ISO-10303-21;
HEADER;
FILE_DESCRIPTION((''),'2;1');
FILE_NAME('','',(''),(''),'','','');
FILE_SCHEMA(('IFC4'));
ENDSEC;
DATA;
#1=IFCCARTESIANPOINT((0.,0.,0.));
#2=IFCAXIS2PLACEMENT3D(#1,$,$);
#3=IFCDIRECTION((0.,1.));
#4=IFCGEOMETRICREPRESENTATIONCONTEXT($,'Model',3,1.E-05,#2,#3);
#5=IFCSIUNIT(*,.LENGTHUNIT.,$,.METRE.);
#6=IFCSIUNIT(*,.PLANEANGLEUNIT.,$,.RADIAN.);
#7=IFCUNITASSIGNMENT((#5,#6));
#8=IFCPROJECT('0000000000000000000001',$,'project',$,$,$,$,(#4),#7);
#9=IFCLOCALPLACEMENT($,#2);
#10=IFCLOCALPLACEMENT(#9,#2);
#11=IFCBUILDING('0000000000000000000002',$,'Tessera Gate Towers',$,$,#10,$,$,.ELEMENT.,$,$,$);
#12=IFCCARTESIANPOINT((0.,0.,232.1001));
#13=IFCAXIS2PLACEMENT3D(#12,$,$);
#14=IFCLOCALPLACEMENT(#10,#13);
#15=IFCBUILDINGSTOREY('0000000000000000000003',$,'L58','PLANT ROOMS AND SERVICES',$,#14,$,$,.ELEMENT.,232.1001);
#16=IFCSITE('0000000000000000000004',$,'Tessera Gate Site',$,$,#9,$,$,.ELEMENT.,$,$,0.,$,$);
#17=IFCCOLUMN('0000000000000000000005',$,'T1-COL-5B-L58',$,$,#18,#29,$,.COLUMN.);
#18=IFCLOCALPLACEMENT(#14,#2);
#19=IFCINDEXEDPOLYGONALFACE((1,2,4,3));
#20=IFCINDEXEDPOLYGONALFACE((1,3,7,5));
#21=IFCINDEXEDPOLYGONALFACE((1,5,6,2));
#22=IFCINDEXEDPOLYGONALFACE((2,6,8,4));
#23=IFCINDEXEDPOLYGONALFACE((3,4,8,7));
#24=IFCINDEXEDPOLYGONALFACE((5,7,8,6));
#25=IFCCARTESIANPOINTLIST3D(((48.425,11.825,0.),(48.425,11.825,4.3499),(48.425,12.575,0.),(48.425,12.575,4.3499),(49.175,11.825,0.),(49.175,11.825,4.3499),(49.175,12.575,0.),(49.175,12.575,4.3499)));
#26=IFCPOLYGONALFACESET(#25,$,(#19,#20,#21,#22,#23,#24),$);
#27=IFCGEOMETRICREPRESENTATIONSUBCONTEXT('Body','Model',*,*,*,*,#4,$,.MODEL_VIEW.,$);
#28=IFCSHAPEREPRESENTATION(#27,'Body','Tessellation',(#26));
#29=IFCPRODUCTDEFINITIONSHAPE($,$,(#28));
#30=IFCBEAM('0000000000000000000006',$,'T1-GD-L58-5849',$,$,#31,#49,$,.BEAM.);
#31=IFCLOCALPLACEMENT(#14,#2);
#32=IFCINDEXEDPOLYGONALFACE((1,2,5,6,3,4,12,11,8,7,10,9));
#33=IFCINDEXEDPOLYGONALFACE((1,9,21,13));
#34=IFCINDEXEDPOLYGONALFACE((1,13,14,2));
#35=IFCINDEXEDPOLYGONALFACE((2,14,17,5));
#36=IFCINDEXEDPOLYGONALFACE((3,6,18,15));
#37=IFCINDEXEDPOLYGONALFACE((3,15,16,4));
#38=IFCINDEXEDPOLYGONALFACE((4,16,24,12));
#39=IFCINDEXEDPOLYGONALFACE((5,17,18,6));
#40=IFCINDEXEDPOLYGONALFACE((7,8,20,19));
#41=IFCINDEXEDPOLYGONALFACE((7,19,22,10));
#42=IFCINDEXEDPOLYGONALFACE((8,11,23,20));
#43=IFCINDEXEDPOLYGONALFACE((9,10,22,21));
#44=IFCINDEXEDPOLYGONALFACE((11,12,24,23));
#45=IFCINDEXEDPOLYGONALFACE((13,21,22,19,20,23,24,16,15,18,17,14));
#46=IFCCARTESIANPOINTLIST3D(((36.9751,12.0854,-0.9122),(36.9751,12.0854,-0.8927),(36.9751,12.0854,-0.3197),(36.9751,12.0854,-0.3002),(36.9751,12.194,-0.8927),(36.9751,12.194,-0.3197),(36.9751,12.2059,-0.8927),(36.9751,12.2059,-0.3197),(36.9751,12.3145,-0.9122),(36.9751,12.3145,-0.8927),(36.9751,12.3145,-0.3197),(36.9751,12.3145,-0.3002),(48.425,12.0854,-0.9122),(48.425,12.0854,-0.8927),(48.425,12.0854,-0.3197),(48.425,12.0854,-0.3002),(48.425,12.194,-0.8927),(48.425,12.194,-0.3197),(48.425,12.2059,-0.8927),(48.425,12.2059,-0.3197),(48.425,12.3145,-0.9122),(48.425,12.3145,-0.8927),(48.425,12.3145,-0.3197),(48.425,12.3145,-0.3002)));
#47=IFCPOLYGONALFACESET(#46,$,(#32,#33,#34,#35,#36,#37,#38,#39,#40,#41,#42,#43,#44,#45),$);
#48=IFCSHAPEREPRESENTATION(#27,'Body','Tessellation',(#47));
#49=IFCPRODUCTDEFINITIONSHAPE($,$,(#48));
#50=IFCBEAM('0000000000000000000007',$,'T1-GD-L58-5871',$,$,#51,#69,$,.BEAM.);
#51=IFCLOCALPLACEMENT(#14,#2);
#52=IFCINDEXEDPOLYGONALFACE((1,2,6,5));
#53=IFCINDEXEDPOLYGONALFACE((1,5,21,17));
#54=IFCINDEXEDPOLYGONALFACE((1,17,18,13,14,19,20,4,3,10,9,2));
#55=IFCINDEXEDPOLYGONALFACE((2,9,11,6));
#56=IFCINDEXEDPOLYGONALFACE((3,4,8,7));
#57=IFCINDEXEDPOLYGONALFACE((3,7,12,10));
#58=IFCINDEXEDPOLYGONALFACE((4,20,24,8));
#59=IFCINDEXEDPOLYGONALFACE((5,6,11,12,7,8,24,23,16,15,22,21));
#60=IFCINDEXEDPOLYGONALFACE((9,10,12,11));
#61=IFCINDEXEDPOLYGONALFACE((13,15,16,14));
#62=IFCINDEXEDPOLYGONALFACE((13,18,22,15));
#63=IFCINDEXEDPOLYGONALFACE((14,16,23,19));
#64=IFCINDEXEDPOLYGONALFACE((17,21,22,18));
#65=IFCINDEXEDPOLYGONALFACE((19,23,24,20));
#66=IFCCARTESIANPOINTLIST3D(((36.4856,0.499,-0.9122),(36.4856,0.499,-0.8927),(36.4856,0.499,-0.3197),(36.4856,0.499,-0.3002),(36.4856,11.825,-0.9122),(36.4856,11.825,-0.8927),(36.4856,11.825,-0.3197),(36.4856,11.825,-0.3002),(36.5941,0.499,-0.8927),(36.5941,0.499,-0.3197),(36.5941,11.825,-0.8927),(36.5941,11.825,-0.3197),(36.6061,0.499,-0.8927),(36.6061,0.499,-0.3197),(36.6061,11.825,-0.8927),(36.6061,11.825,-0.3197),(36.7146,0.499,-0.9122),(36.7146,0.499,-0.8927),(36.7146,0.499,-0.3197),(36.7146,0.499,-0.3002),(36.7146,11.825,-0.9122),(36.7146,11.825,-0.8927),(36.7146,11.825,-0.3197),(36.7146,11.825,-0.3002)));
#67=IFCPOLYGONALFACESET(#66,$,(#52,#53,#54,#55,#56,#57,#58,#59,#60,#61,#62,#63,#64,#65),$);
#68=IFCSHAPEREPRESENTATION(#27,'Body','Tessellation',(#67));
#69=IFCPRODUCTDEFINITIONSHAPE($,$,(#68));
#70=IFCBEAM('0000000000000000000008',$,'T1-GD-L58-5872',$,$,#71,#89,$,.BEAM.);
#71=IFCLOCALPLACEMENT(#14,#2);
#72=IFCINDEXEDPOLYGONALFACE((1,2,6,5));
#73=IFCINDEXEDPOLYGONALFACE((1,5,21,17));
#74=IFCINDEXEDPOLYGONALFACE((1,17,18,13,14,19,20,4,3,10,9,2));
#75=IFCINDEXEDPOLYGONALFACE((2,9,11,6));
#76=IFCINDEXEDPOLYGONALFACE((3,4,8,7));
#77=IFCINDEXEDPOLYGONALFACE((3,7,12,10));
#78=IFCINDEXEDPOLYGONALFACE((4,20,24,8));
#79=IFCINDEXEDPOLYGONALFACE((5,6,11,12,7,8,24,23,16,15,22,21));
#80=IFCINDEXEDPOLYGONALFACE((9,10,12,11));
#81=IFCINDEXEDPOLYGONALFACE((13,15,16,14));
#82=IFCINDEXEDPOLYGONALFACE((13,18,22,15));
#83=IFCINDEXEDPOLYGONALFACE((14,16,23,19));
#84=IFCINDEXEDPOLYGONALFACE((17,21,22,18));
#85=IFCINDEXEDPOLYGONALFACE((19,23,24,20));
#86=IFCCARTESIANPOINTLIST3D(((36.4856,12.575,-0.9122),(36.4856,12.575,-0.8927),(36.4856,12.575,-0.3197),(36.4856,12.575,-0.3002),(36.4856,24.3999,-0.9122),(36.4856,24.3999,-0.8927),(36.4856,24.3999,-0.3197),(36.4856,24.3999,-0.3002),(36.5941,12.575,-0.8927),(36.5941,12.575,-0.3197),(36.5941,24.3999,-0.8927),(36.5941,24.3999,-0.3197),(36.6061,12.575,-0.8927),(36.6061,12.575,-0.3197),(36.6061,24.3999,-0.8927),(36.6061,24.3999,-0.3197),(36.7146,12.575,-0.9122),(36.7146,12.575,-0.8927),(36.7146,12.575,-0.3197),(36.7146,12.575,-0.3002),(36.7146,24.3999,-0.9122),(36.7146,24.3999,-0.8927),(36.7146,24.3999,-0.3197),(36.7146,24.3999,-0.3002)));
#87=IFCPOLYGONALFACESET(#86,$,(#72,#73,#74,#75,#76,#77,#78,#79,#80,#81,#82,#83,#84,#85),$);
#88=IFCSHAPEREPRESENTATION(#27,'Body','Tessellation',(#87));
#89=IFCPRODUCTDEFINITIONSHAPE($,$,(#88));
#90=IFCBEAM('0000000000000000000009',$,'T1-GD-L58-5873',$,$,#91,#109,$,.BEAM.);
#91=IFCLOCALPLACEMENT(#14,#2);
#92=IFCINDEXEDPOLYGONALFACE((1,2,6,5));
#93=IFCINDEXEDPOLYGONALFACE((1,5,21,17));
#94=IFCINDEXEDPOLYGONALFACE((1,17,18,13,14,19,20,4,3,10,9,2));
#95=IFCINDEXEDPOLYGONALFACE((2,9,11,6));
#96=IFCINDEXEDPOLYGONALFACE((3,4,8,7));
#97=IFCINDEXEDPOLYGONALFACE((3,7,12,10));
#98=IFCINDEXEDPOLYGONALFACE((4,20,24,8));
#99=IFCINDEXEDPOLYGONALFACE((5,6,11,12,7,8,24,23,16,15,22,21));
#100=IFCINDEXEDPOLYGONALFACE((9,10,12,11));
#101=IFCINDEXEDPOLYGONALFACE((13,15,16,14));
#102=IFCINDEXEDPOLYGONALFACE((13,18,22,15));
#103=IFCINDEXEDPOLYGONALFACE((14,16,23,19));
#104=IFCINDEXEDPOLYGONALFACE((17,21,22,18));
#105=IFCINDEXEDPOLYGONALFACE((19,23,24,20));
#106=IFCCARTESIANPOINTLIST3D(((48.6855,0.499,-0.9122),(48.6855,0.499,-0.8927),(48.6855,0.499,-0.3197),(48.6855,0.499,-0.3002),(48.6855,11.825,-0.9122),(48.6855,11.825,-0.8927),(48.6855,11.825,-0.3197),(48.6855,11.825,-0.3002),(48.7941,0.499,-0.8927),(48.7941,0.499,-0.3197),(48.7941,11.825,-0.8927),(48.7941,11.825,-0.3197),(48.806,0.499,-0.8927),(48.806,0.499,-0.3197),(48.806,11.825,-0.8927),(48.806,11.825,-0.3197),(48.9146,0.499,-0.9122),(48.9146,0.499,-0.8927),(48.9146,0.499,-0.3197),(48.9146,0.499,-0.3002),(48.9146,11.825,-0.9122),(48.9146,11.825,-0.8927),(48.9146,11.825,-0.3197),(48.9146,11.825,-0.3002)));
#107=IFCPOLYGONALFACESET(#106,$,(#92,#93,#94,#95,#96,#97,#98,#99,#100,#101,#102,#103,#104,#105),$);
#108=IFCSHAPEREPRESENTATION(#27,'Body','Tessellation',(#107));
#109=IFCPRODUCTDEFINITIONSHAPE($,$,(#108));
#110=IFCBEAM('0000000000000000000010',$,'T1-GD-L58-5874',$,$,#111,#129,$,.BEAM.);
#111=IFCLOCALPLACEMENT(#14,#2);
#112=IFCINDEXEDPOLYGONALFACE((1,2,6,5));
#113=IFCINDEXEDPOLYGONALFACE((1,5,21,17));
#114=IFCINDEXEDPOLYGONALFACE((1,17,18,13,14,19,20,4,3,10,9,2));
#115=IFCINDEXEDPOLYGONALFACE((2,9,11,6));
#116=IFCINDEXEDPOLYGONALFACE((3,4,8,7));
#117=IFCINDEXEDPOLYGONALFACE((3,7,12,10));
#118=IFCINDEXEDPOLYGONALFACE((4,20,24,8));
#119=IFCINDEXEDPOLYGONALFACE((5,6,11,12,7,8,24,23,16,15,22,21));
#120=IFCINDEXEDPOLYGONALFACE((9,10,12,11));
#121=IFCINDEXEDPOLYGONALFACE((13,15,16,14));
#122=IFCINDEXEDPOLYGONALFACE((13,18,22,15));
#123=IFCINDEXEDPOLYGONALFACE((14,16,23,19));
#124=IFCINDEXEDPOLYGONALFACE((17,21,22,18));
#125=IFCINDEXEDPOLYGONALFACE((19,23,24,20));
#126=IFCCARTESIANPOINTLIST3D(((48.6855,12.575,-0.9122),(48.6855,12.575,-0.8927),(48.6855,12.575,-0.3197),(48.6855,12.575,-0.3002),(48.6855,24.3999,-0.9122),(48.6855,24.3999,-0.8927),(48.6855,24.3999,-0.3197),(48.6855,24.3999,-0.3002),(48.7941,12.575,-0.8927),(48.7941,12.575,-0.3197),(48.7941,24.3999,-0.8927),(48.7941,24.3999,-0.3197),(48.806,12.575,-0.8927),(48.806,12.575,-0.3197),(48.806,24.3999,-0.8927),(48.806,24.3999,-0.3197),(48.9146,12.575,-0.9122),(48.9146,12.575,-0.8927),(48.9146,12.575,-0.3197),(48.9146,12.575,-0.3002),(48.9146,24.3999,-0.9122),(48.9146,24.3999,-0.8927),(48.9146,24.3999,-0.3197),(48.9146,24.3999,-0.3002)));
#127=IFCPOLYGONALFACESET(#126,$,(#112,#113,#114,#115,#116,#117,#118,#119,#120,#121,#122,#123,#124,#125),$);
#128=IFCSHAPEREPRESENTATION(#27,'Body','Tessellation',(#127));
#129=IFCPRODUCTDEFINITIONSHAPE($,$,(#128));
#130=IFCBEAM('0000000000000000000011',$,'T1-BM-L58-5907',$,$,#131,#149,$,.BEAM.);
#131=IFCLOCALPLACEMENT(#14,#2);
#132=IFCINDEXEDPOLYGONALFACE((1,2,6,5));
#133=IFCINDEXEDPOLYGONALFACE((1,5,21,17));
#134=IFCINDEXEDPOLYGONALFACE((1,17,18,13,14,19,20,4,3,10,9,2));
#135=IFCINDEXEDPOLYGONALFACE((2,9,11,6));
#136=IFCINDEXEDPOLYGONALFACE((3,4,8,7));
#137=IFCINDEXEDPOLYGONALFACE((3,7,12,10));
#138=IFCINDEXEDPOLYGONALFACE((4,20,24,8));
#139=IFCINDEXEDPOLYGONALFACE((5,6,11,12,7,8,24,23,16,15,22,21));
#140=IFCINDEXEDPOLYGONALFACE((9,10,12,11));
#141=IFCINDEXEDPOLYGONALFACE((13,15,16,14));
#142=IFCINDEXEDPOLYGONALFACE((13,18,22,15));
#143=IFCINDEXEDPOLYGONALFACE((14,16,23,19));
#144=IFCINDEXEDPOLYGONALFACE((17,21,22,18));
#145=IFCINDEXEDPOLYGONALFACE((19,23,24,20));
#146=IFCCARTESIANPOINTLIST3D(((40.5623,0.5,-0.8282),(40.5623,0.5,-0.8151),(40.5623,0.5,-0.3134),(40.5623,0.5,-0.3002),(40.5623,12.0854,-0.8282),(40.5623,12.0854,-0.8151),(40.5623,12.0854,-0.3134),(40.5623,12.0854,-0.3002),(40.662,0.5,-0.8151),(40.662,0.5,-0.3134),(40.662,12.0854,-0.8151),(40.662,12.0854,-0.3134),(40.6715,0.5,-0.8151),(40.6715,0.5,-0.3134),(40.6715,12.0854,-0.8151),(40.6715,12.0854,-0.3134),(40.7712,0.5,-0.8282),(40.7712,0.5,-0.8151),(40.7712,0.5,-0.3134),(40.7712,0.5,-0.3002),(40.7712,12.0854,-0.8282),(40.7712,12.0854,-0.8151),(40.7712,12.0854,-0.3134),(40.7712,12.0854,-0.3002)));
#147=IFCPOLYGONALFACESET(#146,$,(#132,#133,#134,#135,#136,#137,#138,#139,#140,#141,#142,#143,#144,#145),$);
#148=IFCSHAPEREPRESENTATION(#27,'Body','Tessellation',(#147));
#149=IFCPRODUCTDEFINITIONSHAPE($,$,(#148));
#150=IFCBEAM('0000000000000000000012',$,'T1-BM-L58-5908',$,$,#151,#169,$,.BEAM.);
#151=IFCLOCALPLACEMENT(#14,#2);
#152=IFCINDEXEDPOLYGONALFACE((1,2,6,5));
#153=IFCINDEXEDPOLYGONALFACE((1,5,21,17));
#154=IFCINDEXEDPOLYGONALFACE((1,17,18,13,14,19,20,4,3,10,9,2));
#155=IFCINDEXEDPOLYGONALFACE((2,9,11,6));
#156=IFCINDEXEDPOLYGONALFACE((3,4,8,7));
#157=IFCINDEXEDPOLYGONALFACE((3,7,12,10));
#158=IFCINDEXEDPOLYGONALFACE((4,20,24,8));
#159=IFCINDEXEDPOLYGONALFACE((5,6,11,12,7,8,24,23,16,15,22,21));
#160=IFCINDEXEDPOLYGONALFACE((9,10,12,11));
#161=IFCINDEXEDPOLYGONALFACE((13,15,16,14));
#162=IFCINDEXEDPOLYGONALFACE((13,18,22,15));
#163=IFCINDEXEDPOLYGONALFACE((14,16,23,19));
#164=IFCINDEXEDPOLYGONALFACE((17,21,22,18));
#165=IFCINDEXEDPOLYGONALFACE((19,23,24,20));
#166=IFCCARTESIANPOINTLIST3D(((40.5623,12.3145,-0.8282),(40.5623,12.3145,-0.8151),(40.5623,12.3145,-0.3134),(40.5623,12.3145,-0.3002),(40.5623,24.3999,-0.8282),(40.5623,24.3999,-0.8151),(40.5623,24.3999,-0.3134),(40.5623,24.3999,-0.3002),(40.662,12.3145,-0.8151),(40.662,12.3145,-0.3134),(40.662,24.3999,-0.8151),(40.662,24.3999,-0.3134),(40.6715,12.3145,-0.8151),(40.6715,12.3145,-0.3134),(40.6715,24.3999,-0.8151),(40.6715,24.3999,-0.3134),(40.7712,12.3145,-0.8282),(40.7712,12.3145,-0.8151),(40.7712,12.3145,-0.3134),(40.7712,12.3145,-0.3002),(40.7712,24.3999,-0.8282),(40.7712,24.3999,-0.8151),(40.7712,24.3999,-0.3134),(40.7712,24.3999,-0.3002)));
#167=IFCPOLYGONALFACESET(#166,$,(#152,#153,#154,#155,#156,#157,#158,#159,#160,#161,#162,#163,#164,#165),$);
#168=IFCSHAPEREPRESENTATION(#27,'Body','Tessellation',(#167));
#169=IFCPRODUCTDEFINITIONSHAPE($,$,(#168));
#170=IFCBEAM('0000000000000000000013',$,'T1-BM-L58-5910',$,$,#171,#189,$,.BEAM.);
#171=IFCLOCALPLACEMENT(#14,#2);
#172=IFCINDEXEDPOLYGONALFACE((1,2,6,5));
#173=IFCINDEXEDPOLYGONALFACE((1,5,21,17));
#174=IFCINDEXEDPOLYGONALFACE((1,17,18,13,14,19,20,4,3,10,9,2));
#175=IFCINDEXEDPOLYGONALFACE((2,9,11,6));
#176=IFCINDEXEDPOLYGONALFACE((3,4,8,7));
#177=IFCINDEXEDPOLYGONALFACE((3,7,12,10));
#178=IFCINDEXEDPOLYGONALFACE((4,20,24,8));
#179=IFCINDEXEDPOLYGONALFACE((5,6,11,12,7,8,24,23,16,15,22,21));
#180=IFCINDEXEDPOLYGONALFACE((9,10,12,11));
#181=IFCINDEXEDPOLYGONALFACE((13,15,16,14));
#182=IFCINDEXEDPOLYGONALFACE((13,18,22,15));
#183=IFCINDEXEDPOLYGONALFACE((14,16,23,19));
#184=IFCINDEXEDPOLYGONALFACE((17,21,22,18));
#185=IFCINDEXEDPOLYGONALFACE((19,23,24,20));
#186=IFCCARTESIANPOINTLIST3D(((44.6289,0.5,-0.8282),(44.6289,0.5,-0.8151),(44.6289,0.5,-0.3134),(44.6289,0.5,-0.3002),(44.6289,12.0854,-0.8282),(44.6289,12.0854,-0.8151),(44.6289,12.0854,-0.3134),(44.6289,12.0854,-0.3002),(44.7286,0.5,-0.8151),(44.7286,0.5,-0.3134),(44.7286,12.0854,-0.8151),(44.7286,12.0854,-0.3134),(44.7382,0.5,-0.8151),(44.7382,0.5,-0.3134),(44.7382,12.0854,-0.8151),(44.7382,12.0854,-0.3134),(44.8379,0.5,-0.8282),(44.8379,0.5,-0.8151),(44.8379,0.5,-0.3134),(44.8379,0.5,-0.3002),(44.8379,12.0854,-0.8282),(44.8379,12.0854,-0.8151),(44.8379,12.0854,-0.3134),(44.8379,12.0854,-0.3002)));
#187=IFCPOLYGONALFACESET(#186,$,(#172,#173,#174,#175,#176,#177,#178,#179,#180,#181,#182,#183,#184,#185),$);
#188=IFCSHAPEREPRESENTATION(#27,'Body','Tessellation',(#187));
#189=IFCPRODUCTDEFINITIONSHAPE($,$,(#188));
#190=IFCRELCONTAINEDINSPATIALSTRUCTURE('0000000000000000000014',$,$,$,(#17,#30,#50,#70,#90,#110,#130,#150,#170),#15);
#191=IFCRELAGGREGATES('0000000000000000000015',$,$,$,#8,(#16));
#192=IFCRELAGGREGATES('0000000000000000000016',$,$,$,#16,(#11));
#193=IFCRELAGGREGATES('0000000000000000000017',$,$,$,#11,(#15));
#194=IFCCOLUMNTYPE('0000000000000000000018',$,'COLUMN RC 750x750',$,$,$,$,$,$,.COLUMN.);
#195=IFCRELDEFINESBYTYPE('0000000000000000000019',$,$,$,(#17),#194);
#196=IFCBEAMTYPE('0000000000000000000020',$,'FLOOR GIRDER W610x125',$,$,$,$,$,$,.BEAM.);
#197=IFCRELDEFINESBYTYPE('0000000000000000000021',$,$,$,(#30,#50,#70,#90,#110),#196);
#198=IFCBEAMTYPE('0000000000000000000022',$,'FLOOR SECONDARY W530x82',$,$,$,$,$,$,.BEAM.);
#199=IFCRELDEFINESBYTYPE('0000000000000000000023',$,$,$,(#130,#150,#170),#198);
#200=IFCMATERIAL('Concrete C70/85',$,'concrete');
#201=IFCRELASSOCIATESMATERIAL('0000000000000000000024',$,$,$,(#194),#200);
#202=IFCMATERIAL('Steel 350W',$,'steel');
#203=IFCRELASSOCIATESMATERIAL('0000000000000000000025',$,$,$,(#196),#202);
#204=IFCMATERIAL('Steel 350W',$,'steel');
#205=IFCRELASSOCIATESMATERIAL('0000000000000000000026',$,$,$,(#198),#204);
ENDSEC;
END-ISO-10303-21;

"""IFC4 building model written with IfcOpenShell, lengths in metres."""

from ifc_helpers import new_model, si_unit, direction, frame, origin, origin_2d, place, context, subcontext, project, spatial, rectangle, i_section, extrude, material, material_profile, profile_set, type_object, element, save


model = new_model("IFC4")

# Units and contexts
model_context = context("Model", 3, precision=1e-05, world=origin(), true_north=direction((0.0, 1.0)))
body_context = subcontext(model_context, "Body", "Model", "MODEL_VIEW")
ifc_project = project(units=[si_unit("LENGTHUNIT", "METRE"), si_unit("PLANEANGLEUNIT", "RADIAN")], contexts=[model_context])

# Site, building, storey
site_placement = place(None, origin())
site = spatial("IfcSite", under=ifc_project, at=site_placement, Name="Tessera Gate Site", CompositionType="ELEMENT", RefElevation=0.0)
building_placement = place(site_placement, origin())
building = spatial("IfcBuilding", under=site, at=building_placement, Name="Tessera Gate Towers", CompositionType="ELEMENT")
storey_placement = place(building_placement, frame((0.0, 0.0, 232.1001)))
storey = spatial("IfcBuildingStorey", under=building, at=storey_placement, Name="L58", Description="PLANT ROOMS AND SERVICES", CompositionType="ELEMENT", Elevation=232.1001)

# Column
ifc_material_1 = material(Name="Concrete C70/85", Category="concrete")
ifc_material_profile_1 = material_profile(ifc_material_1, rectangle(XDim=0.75, YDim=0.75, at=origin_2d()), Name="RC 750x750")
ifc_profile_set_1 = profile_set([ifc_material_profile_1], Name="Concrete C70/85")
column_type = type_object("IfcColumnType", Name="COLUMN RC 750x750", PredefinedType="COLUMN", material=ifc_profile_set_1)
column_placement = place(storey_placement, frame((48.8, 12.2, 0.0), z_axis=(0.0, 0.0, 1.0), x_axis=(1.0, 0.0, 0.0)))
element("IfcColumn", 1, at=column_placement, inside=storey, type_object=column_type, Name="T1-COL-5B-L58", PredefinedType="COLUMN", context=body_context, shape_type="SweptSolid", body=[
    extrude(rectangle(XDim=0.75, YDim=0.75, at=origin_2d()), origin(), (0.0, 0.0, 1.0), 4.3499),
])

# Beams
ifc_material_2 = material(Name="Steel 350W", Category="steel")
ifc_material_profile_2 = material_profile(ifc_material_2, i_section(OverallWidth=0.229, OverallDepth=0.6121, WebThickness=0.012, FlangeThickness=0.0195, at=origin_2d()), Name="W610x125")
ifc_profile_set_2 = profile_set([ifc_material_profile_2], Name="Steel 350W")
beam_type_1 = type_object("IfcBeamType", Name="FLOOR GIRDER W610x125", PredefinedType="BEAM", material=ifc_profile_set_2)
beam_1_placement = place(storey_placement, frame((36.9751, 12.2, -0.6062), z_axis=(1.0, 0.0, 0.0), x_axis=(0.0, 1.0, 0.0)))
element("IfcBeam", 2, at=beam_1_placement, inside=storey, type_object=beam_type_1, Name="T1-GD-L58-5849", PredefinedType="BEAM", context=body_context, shape_type="SweptSolid", body=[
    extrude(i_section(OverallWidth=0.229, OverallDepth=0.6121, WebThickness=0.012, FlangeThickness=0.0195, at=origin_2d()), origin(), (0.0, 0.0, 1.0), 11.45),
])
beam_2_placement = place(storey_placement, frame((36.6001, 0.499, -0.6062), z_axis=(0.0, 1.0, 0.0), x_axis=(-1.0, 0.0, 0.0)))
element("IfcBeam", 3, at=beam_2_placement, inside=storey, type_object=beam_type_1, Name="T1-GD-L58-5871", PredefinedType="BEAM", context=body_context, shape_type="SweptSolid", body=[
    extrude(i_section(OverallWidth=0.229, OverallDepth=0.6121, WebThickness=0.012, FlangeThickness=0.0195, at=origin_2d()), origin(), (0.0, 0.0, 1.0), 11.3259),
])
beam_3_placement = place(storey_placement, frame((36.6001, 12.575, -0.6062), z_axis=(0.0, 1.0, 0.0), x_axis=(-1.0, 0.0, 0.0)))
element("IfcBeam", 4, at=beam_3_placement, inside=storey, type_object=beam_type_1, Name="T1-GD-L58-5872", PredefinedType="BEAM", context=body_context, shape_type="SweptSolid", body=[
    extrude(i_section(OverallWidth=0.229, OverallDepth=0.6121, WebThickness=0.012, FlangeThickness=0.0195, at=origin_2d()), origin(), (0.0, 0.0, 1.0), 11.825),
])
beam_4_placement = place(storey_placement, frame((48.8, 0.499, -0.6062), z_axis=(0.0, 1.0, 0.0), x_axis=(-1.0, 0.0, 0.0)))
element("IfcBeam", 5, at=beam_4_placement, inside=storey, type_object=beam_type_1, Name="T1-GD-L58-5873", PredefinedType="BEAM", context=body_context, shape_type="SweptSolid", body=[
    extrude(i_section(OverallWidth=0.229, OverallDepth=0.6121, WebThickness=0.012, FlangeThickness=0.0195, at=origin_2d()), origin(), (0.0, 0.0, 1.0), 11.3259),
])
beam_5_placement = place(storey_placement, frame((48.8, 12.575, -0.6062), z_axis=(0.0, 1.0, 0.0), x_axis=(-1.0, 0.0, 0.0)))
element("IfcBeam", 6, at=beam_5_placement, inside=storey, type_object=beam_type_1, Name="T1-GD-L58-5874", PredefinedType="BEAM", context=body_context, shape_type="SweptSolid", body=[
    extrude(i_section(OverallWidth=0.229, OverallDepth=0.6121, WebThickness=0.012, FlangeThickness=0.0195, at=origin_2d()), origin(), (0.0, 0.0, 1.0), 11.825),
])
ifc_material_3 = material(Name="Steel 350W", Category="steel")
ifc_material_profile_3 = material_profile(ifc_material_3, i_section(OverallWidth=0.209, OverallDepth=0.5281, WebThickness=0.0095, FlangeThickness=0.0132, at=origin_2d()), Name="W530x82")
ifc_profile_set_3 = profile_set([ifc_material_profile_3], Name="Steel 350W")
beam_type_2 = type_object("IfcBeamType", Name="FLOOR SECONDARY W530x82", PredefinedType="BEAM", material=ifc_profile_set_3)
beam_6_placement = place(storey_placement, frame((40.6667, 0.5, -0.5642), z_axis=(0.0, 1.0, 0.0), x_axis=(-1.0, 0.0, 0.0)))
element("IfcBeam", 7, at=beam_6_placement, inside=storey, type_object=beam_type_2, Name="T1-BM-L58-5907", PredefinedType="BEAM", context=body_context, shape_type="SweptSolid", body=[
    extrude(i_section(OverallWidth=0.209, OverallDepth=0.5281, WebThickness=0.0095, FlangeThickness=0.0132, at=origin_2d()), origin(), (0.0, 0.0, 1.0), 11.5854),
])
beam_7_placement = place(storey_placement, frame((40.6667, 12.3145, -0.5642), z_axis=(0.0, 1.0, 0.0), x_axis=(-1.0, 0.0, 0.0)))
element("IfcBeam", 8, at=beam_7_placement, inside=storey, type_object=beam_type_2, Name="T1-BM-L58-5908", PredefinedType="BEAM", context=body_context, shape_type="SweptSolid", body=[
    extrude(i_section(OverallWidth=0.209, OverallDepth=0.5281, WebThickness=0.0095, FlangeThickness=0.0132, at=origin_2d()), origin(), (0.0, 0.0, 1.0), 12.0854),
])
beam_8_placement = place(storey_placement, frame((44.7334, 0.5, -0.5642), z_axis=(0.0, 1.0, 0.0), x_axis=(-1.0, 0.0, 0.0)))
element("IfcBeam", 9, at=beam_8_placement, inside=storey, type_object=beam_type_2, Name="T1-BM-L58-5910", PredefinedType="BEAM", context=body_context, shape_type="SweptSolid", body=[
    extrude(i_section(OverallWidth=0.209, OverallDepth=0.5281, WebThickness=0.0095, FlangeThickness=0.0132, at=origin_2d()), origin(), (0.0, 0.0, 1.0), 11.5854),
])

save(model, "model.ifc")
